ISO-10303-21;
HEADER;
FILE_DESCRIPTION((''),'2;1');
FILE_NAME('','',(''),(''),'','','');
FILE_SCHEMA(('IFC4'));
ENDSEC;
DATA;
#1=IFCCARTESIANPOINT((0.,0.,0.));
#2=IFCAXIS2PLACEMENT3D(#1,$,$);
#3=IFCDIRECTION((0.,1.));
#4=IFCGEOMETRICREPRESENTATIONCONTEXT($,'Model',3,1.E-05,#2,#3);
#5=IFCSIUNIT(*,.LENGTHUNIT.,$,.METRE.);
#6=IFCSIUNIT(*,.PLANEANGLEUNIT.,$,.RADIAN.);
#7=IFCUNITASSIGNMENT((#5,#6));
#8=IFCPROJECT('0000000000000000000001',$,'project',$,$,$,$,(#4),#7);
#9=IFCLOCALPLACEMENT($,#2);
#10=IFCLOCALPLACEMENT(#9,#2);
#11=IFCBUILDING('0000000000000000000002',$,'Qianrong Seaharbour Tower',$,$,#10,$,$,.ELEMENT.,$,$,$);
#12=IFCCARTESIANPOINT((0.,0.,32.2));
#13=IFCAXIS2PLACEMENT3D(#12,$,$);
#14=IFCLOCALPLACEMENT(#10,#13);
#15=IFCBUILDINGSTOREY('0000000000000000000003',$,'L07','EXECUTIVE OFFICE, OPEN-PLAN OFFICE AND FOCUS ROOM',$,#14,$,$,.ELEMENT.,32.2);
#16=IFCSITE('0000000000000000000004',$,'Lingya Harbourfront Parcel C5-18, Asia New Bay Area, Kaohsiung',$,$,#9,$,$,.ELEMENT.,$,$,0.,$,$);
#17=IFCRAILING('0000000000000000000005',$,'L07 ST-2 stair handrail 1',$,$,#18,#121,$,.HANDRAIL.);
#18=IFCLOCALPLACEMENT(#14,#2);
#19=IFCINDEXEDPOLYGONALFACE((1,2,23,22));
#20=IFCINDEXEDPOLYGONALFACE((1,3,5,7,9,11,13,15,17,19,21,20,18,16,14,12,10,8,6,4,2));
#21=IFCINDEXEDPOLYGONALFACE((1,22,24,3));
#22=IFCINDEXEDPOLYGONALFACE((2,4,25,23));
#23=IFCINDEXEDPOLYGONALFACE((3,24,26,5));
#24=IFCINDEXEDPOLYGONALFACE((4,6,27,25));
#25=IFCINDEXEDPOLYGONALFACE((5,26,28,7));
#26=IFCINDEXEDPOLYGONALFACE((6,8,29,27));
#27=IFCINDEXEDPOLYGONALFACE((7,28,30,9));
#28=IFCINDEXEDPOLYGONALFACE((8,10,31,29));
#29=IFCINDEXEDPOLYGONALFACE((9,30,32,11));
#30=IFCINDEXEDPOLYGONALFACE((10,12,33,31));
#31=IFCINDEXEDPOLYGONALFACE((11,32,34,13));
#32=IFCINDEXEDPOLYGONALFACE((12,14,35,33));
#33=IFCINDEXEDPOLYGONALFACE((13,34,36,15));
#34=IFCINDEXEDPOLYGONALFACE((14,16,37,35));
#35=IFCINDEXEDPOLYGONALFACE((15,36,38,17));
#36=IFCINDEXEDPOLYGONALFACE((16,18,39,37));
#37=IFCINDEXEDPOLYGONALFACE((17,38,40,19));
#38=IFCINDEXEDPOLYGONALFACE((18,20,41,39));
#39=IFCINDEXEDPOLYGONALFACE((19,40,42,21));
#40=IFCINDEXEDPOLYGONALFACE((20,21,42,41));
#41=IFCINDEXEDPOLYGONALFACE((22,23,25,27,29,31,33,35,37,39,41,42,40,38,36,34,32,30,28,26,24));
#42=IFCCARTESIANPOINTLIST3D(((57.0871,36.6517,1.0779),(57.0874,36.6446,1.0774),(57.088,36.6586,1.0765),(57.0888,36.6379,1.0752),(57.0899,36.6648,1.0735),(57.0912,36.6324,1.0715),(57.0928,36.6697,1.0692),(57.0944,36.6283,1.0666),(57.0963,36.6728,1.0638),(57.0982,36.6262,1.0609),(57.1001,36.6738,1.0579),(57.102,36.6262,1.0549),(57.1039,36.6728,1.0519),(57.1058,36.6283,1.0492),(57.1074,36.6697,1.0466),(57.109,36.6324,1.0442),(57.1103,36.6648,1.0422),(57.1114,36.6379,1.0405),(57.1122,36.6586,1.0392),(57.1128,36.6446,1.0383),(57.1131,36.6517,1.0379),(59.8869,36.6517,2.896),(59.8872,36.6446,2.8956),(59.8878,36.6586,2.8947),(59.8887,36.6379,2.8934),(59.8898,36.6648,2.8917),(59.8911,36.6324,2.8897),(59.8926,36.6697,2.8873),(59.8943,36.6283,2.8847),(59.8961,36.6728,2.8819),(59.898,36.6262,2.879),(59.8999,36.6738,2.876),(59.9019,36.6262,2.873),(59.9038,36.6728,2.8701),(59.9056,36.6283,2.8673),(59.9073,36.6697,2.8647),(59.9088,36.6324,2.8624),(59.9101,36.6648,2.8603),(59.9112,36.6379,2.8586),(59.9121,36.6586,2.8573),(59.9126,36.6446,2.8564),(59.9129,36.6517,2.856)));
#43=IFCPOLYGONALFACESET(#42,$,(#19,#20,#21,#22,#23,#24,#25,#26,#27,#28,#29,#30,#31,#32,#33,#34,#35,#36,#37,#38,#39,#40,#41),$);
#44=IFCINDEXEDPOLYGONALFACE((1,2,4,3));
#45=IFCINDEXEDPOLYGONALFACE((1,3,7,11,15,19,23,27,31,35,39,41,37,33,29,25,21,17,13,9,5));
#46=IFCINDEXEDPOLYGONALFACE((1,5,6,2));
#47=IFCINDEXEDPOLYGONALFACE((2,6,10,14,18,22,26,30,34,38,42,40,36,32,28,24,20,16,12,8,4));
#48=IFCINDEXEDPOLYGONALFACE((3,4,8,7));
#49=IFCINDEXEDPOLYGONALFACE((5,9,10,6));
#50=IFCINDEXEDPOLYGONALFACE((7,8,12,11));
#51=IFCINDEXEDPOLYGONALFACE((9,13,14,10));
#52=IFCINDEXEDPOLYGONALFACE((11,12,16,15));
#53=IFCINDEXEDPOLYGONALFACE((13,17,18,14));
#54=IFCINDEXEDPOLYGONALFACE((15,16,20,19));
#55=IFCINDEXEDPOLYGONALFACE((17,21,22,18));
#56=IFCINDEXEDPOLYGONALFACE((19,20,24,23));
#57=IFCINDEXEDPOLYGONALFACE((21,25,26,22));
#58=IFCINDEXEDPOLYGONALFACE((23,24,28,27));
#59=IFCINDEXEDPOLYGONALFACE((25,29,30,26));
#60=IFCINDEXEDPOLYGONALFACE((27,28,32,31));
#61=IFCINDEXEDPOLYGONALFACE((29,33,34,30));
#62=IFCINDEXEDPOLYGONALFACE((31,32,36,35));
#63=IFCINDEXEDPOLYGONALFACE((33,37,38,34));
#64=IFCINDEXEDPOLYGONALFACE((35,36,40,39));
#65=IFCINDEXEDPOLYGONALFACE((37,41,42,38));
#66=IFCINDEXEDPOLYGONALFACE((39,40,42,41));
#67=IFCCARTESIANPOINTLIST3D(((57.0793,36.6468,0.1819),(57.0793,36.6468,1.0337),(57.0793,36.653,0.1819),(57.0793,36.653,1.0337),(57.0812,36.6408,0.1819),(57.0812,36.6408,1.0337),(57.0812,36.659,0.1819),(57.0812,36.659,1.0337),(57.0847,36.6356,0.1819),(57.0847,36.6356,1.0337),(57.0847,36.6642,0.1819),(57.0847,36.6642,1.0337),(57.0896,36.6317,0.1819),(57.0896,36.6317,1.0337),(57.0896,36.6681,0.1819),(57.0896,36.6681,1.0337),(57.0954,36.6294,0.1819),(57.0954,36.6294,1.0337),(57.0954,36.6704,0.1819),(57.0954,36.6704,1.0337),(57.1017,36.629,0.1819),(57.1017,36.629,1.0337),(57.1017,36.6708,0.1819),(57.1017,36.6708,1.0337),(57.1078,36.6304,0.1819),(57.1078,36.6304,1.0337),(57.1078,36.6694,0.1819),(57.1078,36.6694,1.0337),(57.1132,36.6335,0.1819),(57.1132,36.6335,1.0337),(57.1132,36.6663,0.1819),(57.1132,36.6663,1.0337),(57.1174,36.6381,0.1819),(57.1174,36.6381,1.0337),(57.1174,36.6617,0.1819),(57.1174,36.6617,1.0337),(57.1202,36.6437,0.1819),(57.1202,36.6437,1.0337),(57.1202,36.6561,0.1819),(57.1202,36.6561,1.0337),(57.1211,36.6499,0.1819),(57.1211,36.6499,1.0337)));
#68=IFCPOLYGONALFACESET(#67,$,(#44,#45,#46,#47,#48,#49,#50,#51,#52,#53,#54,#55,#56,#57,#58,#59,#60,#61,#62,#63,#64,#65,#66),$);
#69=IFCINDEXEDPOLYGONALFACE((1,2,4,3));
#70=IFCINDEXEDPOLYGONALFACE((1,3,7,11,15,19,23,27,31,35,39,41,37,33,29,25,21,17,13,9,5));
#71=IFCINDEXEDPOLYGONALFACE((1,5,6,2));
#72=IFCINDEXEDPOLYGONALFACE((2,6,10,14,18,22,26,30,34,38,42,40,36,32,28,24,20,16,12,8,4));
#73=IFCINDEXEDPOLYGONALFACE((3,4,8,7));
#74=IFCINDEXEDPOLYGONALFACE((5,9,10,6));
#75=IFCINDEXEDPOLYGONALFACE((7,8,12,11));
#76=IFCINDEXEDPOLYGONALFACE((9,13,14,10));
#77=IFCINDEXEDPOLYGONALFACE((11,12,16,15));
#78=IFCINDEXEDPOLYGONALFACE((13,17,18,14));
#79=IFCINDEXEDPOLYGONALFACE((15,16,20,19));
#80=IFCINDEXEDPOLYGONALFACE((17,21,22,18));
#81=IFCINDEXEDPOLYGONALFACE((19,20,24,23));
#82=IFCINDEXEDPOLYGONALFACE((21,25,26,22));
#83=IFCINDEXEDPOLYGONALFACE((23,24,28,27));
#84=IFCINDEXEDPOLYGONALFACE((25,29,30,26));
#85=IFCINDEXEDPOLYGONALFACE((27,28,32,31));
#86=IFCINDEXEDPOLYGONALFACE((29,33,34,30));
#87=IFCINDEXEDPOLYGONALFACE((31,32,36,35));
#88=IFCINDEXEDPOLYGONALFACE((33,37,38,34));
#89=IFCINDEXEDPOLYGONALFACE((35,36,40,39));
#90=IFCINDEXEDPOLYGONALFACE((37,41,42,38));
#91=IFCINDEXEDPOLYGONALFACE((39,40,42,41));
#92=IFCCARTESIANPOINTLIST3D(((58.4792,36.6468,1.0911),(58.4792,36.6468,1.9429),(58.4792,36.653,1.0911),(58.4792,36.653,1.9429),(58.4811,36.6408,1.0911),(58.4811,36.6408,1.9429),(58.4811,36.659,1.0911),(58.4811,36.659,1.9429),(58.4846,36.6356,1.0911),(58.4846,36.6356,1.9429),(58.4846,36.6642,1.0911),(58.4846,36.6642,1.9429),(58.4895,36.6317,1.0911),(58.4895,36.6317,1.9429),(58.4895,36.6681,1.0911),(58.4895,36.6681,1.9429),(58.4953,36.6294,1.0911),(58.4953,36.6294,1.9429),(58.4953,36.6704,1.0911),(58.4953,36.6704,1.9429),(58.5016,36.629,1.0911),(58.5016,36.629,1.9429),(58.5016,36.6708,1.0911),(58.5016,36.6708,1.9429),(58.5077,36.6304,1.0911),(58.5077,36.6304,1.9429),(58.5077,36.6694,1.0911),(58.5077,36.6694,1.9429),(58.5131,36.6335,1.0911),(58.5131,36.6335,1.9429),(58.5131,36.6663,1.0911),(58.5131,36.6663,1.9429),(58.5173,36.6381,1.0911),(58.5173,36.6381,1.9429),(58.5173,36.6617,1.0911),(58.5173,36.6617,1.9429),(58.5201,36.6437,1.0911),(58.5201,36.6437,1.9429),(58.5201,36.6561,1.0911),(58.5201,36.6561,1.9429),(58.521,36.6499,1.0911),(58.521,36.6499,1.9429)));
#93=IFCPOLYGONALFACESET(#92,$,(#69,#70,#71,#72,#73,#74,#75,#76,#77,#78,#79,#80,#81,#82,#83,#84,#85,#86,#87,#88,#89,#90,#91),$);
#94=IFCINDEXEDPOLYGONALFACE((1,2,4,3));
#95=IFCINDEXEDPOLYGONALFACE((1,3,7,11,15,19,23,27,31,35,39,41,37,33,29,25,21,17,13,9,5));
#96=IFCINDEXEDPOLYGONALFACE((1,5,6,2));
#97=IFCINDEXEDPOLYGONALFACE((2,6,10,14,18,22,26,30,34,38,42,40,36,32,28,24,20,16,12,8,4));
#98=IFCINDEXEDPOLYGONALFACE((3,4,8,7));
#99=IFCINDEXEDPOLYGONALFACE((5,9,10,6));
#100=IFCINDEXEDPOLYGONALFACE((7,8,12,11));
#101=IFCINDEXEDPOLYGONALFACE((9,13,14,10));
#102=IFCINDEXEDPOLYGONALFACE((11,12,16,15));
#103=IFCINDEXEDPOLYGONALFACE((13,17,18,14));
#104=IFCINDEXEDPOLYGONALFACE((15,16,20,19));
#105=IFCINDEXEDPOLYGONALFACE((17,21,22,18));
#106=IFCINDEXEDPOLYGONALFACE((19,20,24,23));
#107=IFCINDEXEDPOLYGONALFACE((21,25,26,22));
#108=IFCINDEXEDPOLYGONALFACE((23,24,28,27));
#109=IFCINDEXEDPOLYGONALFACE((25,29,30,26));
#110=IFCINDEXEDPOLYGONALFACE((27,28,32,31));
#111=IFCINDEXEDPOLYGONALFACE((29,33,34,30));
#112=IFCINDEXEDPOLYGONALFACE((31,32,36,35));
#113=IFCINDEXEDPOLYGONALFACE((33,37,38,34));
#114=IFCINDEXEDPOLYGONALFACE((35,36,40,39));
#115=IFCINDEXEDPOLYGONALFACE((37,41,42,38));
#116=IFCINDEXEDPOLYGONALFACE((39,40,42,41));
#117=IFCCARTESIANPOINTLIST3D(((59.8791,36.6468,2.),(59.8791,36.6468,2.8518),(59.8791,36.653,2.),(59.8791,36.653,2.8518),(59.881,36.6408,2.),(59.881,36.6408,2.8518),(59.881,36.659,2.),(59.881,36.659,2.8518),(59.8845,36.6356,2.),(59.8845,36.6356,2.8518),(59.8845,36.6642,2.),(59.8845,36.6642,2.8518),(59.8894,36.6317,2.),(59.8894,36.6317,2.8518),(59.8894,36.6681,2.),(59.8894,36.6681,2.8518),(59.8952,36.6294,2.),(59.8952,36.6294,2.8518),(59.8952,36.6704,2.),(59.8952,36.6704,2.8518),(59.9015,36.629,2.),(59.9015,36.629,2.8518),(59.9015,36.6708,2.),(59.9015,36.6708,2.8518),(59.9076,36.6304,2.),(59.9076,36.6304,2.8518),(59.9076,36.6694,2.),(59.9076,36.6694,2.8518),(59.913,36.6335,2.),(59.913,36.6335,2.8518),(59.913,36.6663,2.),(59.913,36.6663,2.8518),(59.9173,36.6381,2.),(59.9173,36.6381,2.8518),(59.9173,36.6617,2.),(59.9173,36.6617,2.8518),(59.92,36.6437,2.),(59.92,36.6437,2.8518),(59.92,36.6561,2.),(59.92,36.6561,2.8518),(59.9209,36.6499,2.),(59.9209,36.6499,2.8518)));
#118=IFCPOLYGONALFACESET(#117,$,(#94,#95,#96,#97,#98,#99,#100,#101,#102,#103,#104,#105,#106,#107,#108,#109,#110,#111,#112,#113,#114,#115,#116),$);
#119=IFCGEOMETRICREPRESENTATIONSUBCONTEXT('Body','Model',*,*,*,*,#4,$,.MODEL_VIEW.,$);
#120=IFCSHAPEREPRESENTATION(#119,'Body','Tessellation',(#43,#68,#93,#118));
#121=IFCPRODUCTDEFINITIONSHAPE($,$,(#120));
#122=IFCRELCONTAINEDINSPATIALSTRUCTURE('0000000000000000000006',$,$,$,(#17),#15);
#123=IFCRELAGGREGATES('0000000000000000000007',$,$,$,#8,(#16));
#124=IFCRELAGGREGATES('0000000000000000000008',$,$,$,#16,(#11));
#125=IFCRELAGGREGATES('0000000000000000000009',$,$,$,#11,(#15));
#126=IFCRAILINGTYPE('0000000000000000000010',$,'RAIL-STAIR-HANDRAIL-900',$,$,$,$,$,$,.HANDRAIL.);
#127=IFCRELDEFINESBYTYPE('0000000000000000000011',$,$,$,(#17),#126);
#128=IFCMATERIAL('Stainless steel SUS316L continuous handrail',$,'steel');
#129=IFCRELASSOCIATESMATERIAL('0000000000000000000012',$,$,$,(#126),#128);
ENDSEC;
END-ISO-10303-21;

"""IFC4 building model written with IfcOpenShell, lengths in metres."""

from ifc_helpers import new_model, si_unit, direction, frame, origin, origin_2d, place, context, subcontext, project, spatial, circle, extrude, material, type_object, element, save


model = new_model("IFC4")

# Units and contexts
model_context = context("Model", 3, precision=1e-05, world=origin(), true_north=direction((0.0, 1.0)))
body_context = subcontext(model_context, "Body", "Model", "MODEL_VIEW")
ifc_project = project(units=[si_unit("LENGTHUNIT", "METRE"), si_unit("PLANEANGLEUNIT", "RADIAN")], contexts=[model_context])

# Site, building, storey
site_placement = place(None, origin())
site = spatial("IfcSite", under=ifc_project, at=site_placement, Name="Lingya Harbourfront Parcel C5-18, Asia New Bay Area, Kaohsiung", CompositionType="ELEMENT", RefElevation=0.0)
building_placement = place(site_placement, origin())
building = spatial("IfcBuilding", under=site, at=building_placement, Name="Qianrong Seaharbour Tower", CompositionType="ELEMENT")
storey_placement = place(building_placement, frame((0.0, 0.0, 32.2)))
storey = spatial("IfcBuildingStorey", under=building, at=storey_placement, Name="L07", Description="EXECUTIVE OFFICE, OPEN-PLAN OFFICE AND FOCUS ROOM", CompositionType="ELEMENT", Elevation=32.2)

# Railing
ifc_material_1 = material(Name="Stainless steel SUS316L continuous handrail", Category="steel")
railing_type_1 = type_object("IfcRailingType", Name="RAIL-STAIR-HANDRAIL-900", PredefinedType="HANDRAIL", material=ifc_material_1)
railing_1_placement = place(storey_placement, frame((57.1001, 36.6499, 0.1819)))
element("IfcRailing", 1, at=railing_1_placement, inside=storey, type_object=railing_type_1, Name="L07 ST-2 stair handrail 1", PredefinedType="HANDRAIL", context=body_context, shape_type="SweptSolid", body=[
    extrude(circle(Radius=0.0239, at=origin_2d()), frame((0.0, 0.0, 0.876), z_axis=(0.838684, 0.0, 0.544618), x_axis=(0.0, 1.0, 0.0)), (0.0, 0.0, 1.0), 3.3384),
    extrude(circle(Radius=0.021, at=origin_2d()), origin(), (0.0, 0.0, 1.0), 0.8518),
    extrude(circle(Radius=0.021, at=origin_2d()), frame((1.3999, 0.0, 0.9092)), (0.0, 0.0, 1.0), 0.8518),
    extrude(circle(Radius=0.021, at=origin_2d()), frame((2.7998, 0.0, 1.8181)), (0.0, 0.0, 1.0), 0.8518),
])

save(model, "model.ifc")
